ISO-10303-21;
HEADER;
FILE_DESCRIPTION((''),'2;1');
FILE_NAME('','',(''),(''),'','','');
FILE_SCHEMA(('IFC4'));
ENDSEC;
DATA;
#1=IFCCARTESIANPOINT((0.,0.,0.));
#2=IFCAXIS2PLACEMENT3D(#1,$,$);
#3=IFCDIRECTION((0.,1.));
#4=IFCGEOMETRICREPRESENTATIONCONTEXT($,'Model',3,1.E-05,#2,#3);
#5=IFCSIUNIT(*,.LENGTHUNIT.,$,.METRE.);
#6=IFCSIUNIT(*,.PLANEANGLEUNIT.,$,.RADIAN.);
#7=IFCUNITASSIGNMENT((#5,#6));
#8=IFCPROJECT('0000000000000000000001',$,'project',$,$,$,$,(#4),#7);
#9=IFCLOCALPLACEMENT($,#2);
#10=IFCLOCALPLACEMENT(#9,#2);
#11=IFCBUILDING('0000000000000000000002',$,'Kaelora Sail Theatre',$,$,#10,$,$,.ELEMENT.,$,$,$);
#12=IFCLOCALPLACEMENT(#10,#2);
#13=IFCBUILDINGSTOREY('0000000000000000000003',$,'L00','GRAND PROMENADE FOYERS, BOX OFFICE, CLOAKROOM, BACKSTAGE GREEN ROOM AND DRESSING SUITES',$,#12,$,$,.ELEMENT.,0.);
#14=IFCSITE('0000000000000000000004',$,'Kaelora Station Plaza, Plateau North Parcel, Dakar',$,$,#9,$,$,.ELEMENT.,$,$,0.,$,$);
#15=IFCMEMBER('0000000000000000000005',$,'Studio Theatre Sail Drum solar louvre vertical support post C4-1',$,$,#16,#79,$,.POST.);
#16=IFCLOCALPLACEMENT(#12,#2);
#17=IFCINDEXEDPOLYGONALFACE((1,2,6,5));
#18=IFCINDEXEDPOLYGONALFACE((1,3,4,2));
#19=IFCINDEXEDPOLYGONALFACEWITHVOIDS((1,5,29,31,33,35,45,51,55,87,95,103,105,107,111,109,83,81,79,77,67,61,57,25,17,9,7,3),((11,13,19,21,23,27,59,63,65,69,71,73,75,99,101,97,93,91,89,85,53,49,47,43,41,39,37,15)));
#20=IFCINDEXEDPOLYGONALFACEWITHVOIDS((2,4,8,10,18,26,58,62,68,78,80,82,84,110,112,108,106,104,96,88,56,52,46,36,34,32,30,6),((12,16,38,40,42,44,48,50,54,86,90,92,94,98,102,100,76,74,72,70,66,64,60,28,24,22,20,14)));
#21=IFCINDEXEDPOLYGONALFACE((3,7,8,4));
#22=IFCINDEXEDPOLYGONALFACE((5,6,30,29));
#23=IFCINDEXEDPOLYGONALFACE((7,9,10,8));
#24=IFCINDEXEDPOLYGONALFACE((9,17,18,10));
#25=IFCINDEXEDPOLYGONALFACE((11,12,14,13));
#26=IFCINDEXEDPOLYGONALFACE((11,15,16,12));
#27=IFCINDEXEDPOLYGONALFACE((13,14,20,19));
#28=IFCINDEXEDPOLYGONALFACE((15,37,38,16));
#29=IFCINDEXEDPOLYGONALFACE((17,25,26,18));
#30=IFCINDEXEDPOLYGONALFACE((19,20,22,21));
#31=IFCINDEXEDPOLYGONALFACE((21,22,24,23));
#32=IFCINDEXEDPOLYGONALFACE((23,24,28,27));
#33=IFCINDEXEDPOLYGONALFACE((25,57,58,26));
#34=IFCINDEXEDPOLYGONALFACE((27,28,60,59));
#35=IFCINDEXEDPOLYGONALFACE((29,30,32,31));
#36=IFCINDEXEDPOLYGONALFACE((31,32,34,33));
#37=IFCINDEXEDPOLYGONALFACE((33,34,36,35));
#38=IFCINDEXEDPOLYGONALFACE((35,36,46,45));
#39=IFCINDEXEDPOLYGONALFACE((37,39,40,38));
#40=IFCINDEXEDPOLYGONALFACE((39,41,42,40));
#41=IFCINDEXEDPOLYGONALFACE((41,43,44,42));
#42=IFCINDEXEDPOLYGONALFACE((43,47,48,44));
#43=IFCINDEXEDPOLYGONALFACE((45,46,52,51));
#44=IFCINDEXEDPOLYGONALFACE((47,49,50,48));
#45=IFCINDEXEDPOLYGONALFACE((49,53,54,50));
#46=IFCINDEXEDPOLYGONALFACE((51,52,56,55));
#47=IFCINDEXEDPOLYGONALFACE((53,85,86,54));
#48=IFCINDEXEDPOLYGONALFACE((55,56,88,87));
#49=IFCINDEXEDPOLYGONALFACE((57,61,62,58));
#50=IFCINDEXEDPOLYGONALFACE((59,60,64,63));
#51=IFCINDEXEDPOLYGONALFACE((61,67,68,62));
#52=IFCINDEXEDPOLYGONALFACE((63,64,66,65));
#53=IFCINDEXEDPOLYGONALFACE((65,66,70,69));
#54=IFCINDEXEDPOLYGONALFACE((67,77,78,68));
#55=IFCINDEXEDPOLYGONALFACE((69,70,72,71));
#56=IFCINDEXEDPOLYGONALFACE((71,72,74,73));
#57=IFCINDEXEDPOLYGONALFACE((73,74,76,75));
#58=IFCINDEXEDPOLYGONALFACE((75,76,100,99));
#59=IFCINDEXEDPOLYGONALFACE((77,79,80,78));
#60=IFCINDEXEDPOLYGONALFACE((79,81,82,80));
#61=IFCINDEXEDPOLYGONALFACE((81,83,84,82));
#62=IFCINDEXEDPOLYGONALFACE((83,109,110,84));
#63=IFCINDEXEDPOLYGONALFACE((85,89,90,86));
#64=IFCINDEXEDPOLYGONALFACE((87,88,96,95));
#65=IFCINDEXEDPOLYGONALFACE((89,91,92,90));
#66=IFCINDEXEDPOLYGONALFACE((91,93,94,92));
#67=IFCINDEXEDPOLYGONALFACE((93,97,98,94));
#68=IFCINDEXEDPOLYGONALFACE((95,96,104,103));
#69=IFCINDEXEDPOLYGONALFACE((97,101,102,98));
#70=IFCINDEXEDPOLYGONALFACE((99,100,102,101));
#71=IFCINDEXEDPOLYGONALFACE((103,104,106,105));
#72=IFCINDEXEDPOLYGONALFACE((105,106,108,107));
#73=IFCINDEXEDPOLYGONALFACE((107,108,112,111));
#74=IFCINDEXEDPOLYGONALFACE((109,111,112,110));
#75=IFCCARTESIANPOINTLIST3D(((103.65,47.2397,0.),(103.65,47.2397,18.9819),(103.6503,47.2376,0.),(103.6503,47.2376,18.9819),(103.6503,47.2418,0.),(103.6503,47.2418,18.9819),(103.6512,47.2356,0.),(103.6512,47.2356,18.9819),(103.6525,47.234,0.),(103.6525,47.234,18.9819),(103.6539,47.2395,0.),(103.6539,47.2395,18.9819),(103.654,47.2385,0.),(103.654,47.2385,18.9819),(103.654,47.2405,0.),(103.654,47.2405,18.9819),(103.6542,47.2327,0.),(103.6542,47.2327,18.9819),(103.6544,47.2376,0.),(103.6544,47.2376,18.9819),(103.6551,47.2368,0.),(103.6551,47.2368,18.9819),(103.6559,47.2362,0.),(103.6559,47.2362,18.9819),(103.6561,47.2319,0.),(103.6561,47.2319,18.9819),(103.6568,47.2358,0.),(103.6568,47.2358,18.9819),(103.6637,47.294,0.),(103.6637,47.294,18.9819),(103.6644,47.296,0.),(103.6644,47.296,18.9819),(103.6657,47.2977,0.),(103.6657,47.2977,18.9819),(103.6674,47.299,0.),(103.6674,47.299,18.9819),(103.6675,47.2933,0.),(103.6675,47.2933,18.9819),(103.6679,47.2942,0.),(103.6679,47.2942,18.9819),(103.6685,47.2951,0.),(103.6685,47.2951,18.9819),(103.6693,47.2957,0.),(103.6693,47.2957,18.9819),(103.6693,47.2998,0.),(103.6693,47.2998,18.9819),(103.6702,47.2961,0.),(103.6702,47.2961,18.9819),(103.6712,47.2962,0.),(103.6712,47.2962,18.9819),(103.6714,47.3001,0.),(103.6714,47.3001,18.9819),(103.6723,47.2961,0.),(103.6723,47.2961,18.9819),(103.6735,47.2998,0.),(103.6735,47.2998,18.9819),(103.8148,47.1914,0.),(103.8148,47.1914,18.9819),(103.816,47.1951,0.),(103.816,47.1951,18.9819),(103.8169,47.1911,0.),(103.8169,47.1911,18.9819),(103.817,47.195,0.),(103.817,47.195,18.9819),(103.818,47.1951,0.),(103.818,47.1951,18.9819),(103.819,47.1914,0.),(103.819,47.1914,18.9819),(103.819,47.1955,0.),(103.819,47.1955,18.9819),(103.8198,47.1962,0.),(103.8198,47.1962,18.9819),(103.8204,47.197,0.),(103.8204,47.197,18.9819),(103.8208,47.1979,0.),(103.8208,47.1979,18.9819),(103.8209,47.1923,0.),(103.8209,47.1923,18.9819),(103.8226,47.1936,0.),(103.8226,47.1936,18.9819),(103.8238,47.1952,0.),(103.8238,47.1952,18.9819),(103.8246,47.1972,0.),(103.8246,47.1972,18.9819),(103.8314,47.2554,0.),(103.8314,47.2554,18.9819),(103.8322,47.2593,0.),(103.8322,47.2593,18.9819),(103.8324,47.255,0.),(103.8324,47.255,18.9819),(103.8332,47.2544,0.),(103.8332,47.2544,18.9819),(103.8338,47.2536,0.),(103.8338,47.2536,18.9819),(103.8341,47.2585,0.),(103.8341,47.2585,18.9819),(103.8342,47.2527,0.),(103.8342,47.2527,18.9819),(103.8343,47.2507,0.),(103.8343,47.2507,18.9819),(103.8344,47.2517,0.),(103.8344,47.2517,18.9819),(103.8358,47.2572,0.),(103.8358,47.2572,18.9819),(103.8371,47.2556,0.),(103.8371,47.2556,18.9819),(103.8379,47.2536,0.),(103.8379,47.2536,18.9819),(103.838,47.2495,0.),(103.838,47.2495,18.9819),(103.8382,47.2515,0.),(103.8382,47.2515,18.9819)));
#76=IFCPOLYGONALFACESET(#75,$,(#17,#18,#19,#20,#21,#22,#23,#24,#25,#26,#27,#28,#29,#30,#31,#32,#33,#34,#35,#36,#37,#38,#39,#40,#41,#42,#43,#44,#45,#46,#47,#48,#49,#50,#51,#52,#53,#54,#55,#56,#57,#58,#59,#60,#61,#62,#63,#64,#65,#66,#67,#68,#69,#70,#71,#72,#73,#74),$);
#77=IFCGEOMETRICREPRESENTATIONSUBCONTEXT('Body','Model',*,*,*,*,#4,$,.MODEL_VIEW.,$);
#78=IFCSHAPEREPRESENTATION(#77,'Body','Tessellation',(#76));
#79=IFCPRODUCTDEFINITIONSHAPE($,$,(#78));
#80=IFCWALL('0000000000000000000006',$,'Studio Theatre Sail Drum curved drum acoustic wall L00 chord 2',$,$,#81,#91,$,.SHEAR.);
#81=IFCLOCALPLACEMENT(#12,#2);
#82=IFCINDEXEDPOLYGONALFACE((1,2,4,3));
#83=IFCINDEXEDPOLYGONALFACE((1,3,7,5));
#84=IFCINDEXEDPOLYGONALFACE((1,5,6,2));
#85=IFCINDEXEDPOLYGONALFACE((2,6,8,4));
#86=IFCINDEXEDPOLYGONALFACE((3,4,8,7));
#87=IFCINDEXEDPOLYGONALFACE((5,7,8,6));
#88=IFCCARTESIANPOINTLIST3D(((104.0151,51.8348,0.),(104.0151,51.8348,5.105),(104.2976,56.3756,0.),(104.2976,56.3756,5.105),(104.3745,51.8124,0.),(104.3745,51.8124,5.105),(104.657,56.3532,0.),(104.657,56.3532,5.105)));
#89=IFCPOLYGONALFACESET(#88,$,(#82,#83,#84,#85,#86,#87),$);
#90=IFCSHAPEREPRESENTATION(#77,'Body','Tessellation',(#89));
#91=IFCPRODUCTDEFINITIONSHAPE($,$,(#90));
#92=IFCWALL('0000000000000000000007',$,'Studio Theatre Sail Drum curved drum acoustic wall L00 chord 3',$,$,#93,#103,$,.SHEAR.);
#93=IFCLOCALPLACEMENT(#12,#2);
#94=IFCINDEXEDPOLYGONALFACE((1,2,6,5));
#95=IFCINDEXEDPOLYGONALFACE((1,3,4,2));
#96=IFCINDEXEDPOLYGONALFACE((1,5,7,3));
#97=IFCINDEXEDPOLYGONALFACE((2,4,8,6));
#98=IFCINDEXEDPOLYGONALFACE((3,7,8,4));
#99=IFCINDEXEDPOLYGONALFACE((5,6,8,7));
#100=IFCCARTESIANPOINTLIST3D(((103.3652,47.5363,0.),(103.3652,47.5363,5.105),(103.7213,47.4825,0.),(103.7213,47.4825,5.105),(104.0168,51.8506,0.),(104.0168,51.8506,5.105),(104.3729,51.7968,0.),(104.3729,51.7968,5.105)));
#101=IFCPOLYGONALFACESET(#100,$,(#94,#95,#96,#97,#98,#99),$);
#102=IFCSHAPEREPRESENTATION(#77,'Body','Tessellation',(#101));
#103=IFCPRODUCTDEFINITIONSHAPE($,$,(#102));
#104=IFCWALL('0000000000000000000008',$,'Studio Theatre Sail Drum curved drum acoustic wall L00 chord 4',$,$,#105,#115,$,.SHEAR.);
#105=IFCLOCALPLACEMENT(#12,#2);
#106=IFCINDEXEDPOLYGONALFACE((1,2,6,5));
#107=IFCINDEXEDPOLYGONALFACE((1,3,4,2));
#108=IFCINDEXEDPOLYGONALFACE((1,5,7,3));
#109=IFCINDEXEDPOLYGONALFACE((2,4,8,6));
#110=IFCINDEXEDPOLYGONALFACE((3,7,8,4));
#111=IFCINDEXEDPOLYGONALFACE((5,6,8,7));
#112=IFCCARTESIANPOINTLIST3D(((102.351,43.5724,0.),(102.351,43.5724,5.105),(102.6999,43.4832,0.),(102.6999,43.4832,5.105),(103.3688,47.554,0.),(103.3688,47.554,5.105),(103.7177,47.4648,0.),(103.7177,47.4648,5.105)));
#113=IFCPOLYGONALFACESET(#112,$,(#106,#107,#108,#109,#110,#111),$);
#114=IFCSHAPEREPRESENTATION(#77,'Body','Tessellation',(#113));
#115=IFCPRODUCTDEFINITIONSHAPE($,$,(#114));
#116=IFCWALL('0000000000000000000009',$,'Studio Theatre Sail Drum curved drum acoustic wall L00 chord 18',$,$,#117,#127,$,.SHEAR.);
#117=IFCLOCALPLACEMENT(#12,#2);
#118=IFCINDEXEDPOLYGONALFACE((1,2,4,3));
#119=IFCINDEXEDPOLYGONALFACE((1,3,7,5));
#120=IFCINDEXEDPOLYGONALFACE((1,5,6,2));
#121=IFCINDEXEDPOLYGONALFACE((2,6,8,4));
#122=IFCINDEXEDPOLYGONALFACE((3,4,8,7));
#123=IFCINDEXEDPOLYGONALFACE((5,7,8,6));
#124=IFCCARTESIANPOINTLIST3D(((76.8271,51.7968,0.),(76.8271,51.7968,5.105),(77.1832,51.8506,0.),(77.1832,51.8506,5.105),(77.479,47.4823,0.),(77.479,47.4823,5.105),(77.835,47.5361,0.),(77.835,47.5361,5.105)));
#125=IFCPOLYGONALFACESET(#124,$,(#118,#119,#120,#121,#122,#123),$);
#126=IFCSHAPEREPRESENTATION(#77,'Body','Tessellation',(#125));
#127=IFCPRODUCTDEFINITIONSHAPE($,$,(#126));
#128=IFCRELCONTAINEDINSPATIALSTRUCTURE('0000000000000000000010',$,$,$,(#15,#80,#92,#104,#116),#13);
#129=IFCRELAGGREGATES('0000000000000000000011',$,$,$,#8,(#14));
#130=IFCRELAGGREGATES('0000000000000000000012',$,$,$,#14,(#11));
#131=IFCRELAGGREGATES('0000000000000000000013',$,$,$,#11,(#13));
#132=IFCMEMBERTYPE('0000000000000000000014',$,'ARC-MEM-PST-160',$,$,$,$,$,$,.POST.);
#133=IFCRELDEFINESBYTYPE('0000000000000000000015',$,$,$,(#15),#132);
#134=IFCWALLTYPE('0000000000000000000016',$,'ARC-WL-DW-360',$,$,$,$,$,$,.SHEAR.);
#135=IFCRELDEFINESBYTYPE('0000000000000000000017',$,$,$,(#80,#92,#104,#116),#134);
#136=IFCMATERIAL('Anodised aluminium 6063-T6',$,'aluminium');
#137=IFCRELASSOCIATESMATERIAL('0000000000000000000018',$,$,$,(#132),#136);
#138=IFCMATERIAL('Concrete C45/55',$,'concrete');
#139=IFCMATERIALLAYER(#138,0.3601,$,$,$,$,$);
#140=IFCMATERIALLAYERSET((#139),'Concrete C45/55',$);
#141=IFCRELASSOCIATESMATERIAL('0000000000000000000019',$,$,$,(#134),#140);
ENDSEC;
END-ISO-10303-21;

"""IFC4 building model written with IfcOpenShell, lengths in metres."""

from ifc_helpers import new_model, si_unit, direction, frame, frame_2d, origin, origin_2d, place, context, subcontext, project, spatial, rectangle, hollow_rectangle, extrude, material, layer, layer_set, material_profile, profile_set, type_object, element, save


model = new_model("IFC4")

# Units and contexts
model_context = context("Model", 3, precision=1e-05, world=origin(), true_north=direction((0.0, 1.0)))
body_context = subcontext(model_context, "Body", "Model", "MODEL_VIEW")
ifc_project = project(units=[si_unit("LENGTHUNIT", "METRE"), si_unit("PLANEANGLEUNIT", "RADIAN")], contexts=[model_context])

# Site, building, storey
site_placement = place(None, origin())
site = spatial("IfcSite", under=ifc_project, at=site_placement, Name="Kaelora Station Plaza, Plateau North Parcel, Dakar", CompositionType="ELEMENT", RefElevation=0.0)
building_placement = place(site_placement, origin())
building = spatial("IfcBuilding", under=site, at=building_placement, Name="Kaelora Sail Theatre", CompositionType="ELEMENT")
storey_placement = place(building_placement, origin())
storey = spatial("IfcBuildingStorey", under=building, at=storey_placement, Name="L00", Description="GRAND PROMENADE FOYERS, BOX OFFICE, CLOAKROOM, BACKSTAGE GREEN ROOM AND DRESSING SUITES", CompositionType="ELEMENT", Elevation=0.0)

# Member
ifc_material_1 = material(Name="Anodised aluminium 6063-T6", Category="aluminium")
ifc_material_profile_1 = material_profile(ifc_material_1, hollow_rectangle(XDim=0.0701, YDim=0.1799, WallThickness=0.0039, InnerFilletRadius=0.0039, OuterFilletRadius=0.0081, at=origin_2d()), Name="ALU-MULL 70x180x4")
ifc_profile_set_1 = profile_set([ifc_material_profile_1], Name="Anodised aluminium 6063-T6")
member_type_1 = type_object("IfcMemberType", Name="ARC-MEM-PST-160", PredefinedType="POST", material=ifc_profile_set_1)
member_1_placement = place(storey_placement, frame((103.7441, 47.2456, 0.0), z_axis=(0.0, 0.0, 1.0), x_axis=(-0.247675, -0.968843, 0.0)))
element("IfcMember", 1, at=member_1_placement, inside=storey, type_object=member_type_1, Name="Studio Theatre Sail Drum solar louvre vertical support post C4-1", PredefinedType="POST", context=body_context, shape_type="SweptSolid", body=[
    extrude(hollow_rectangle(XDim=0.0701, YDim=0.1799, WallThickness=0.0039, InnerFilletRadius=0.0039, OuterFilletRadius=0.0081, at=origin_2d()), origin(), (0.0, 0.0, 1.0), 18.9819),
])

# Walls
ifc_material_2 = material(Name="Concrete C45/55", Category="concrete")
ifc_layer = layer(ifc_material_2, 0.3601)
ifc_layer_set = layer_set([ifc_layer], Name="Concrete C45/55")
wall_type = type_object("IfcWallType", Name="ARC-WL-DW-360", PredefinedType="SHEAR", material=ifc_layer_set)
wall_1_placement = place(storey_placement, frame((104.4773, 56.3645, 0.0), z_axis=(0.0, 0.0, 1.0), x_axis=(-0.062088, -0.998071, 0.0)))
element("IfcWall", 2, at=wall_1_placement, inside=storey, type_object=wall_type, Name="Studio Theatre Sail Drum curved drum acoustic wall L00 chord 2", PredefinedType="SHEAR", context=body_context, shape_type="SweptSolid", body=[
    extrude(rectangle(XDim=4.5496, YDim=0.3601, at=frame_2d((2.2749, 0.0))), origin(), (0.0, 0.0, 1.0), 5.105),
])
wall_2_placement = place(storey_placement, frame((104.1948, 51.8237, 0.0), z_axis=(0.0, 0.0, 1.0), x_axis=(-0.149336, -0.988786, 0.0)))
element("IfcWall", 3, at=wall_2_placement, inside=storey, type_object=wall_type, Name="Studio Theatre Sail Drum curved drum acoustic wall L00 chord 3", PredefinedType="SHEAR", context=body_context, shape_type="SweptSolid", body=[
    extrude(rectangle(XDim=4.3633, YDim=0.3601, at=frame_2d((2.1816, 0.0))), origin(), (0.0, 0.0, 1.0), 5.105),
])
wall_3_placement = place(storey_placement, frame((103.5432, 47.5093, 0.0), z_axis=(0.0, 0.0, 1.0), x_axis=(-0.247662, -0.968846, 0.0)))
element("IfcWall", 4, at=wall_3_placement, inside=storey, type_object=wall_type, Name="Studio Theatre Sail Drum curved drum acoustic wall L00 chord 4", PredefinedType="SHEAR", context=body_context, shape_type="SweptSolid", body=[
    extrude(rectangle(XDim=4.1096, YDim=0.3601, at=frame_2d((2.0547, 0.0))), origin(), (0.0, 0.0, 1.0), 5.105),
])
wall_4_placement = place(storey_placement, frame((77.657, 47.5093, 0.0), z_axis=(0.0, 0.0, 1.0), x_axis=(-0.149391, 0.988778, 0.0)))
element("IfcWall", 5, at=wall_4_placement, inside=storey, type_object=wall_type, Name="Studio Theatre Sail Drum curved drum acoustic wall L00 chord 18", PredefinedType="SHEAR", context=body_context, shape_type="SweptSolid", body=[
    extrude(rectangle(XDim=4.3635, YDim=0.3601, at=frame_2d((2.1816, 0.0))), origin(), (0.0, 0.0, 1.0), 5.105),
])

save(model, "model.ifc")
